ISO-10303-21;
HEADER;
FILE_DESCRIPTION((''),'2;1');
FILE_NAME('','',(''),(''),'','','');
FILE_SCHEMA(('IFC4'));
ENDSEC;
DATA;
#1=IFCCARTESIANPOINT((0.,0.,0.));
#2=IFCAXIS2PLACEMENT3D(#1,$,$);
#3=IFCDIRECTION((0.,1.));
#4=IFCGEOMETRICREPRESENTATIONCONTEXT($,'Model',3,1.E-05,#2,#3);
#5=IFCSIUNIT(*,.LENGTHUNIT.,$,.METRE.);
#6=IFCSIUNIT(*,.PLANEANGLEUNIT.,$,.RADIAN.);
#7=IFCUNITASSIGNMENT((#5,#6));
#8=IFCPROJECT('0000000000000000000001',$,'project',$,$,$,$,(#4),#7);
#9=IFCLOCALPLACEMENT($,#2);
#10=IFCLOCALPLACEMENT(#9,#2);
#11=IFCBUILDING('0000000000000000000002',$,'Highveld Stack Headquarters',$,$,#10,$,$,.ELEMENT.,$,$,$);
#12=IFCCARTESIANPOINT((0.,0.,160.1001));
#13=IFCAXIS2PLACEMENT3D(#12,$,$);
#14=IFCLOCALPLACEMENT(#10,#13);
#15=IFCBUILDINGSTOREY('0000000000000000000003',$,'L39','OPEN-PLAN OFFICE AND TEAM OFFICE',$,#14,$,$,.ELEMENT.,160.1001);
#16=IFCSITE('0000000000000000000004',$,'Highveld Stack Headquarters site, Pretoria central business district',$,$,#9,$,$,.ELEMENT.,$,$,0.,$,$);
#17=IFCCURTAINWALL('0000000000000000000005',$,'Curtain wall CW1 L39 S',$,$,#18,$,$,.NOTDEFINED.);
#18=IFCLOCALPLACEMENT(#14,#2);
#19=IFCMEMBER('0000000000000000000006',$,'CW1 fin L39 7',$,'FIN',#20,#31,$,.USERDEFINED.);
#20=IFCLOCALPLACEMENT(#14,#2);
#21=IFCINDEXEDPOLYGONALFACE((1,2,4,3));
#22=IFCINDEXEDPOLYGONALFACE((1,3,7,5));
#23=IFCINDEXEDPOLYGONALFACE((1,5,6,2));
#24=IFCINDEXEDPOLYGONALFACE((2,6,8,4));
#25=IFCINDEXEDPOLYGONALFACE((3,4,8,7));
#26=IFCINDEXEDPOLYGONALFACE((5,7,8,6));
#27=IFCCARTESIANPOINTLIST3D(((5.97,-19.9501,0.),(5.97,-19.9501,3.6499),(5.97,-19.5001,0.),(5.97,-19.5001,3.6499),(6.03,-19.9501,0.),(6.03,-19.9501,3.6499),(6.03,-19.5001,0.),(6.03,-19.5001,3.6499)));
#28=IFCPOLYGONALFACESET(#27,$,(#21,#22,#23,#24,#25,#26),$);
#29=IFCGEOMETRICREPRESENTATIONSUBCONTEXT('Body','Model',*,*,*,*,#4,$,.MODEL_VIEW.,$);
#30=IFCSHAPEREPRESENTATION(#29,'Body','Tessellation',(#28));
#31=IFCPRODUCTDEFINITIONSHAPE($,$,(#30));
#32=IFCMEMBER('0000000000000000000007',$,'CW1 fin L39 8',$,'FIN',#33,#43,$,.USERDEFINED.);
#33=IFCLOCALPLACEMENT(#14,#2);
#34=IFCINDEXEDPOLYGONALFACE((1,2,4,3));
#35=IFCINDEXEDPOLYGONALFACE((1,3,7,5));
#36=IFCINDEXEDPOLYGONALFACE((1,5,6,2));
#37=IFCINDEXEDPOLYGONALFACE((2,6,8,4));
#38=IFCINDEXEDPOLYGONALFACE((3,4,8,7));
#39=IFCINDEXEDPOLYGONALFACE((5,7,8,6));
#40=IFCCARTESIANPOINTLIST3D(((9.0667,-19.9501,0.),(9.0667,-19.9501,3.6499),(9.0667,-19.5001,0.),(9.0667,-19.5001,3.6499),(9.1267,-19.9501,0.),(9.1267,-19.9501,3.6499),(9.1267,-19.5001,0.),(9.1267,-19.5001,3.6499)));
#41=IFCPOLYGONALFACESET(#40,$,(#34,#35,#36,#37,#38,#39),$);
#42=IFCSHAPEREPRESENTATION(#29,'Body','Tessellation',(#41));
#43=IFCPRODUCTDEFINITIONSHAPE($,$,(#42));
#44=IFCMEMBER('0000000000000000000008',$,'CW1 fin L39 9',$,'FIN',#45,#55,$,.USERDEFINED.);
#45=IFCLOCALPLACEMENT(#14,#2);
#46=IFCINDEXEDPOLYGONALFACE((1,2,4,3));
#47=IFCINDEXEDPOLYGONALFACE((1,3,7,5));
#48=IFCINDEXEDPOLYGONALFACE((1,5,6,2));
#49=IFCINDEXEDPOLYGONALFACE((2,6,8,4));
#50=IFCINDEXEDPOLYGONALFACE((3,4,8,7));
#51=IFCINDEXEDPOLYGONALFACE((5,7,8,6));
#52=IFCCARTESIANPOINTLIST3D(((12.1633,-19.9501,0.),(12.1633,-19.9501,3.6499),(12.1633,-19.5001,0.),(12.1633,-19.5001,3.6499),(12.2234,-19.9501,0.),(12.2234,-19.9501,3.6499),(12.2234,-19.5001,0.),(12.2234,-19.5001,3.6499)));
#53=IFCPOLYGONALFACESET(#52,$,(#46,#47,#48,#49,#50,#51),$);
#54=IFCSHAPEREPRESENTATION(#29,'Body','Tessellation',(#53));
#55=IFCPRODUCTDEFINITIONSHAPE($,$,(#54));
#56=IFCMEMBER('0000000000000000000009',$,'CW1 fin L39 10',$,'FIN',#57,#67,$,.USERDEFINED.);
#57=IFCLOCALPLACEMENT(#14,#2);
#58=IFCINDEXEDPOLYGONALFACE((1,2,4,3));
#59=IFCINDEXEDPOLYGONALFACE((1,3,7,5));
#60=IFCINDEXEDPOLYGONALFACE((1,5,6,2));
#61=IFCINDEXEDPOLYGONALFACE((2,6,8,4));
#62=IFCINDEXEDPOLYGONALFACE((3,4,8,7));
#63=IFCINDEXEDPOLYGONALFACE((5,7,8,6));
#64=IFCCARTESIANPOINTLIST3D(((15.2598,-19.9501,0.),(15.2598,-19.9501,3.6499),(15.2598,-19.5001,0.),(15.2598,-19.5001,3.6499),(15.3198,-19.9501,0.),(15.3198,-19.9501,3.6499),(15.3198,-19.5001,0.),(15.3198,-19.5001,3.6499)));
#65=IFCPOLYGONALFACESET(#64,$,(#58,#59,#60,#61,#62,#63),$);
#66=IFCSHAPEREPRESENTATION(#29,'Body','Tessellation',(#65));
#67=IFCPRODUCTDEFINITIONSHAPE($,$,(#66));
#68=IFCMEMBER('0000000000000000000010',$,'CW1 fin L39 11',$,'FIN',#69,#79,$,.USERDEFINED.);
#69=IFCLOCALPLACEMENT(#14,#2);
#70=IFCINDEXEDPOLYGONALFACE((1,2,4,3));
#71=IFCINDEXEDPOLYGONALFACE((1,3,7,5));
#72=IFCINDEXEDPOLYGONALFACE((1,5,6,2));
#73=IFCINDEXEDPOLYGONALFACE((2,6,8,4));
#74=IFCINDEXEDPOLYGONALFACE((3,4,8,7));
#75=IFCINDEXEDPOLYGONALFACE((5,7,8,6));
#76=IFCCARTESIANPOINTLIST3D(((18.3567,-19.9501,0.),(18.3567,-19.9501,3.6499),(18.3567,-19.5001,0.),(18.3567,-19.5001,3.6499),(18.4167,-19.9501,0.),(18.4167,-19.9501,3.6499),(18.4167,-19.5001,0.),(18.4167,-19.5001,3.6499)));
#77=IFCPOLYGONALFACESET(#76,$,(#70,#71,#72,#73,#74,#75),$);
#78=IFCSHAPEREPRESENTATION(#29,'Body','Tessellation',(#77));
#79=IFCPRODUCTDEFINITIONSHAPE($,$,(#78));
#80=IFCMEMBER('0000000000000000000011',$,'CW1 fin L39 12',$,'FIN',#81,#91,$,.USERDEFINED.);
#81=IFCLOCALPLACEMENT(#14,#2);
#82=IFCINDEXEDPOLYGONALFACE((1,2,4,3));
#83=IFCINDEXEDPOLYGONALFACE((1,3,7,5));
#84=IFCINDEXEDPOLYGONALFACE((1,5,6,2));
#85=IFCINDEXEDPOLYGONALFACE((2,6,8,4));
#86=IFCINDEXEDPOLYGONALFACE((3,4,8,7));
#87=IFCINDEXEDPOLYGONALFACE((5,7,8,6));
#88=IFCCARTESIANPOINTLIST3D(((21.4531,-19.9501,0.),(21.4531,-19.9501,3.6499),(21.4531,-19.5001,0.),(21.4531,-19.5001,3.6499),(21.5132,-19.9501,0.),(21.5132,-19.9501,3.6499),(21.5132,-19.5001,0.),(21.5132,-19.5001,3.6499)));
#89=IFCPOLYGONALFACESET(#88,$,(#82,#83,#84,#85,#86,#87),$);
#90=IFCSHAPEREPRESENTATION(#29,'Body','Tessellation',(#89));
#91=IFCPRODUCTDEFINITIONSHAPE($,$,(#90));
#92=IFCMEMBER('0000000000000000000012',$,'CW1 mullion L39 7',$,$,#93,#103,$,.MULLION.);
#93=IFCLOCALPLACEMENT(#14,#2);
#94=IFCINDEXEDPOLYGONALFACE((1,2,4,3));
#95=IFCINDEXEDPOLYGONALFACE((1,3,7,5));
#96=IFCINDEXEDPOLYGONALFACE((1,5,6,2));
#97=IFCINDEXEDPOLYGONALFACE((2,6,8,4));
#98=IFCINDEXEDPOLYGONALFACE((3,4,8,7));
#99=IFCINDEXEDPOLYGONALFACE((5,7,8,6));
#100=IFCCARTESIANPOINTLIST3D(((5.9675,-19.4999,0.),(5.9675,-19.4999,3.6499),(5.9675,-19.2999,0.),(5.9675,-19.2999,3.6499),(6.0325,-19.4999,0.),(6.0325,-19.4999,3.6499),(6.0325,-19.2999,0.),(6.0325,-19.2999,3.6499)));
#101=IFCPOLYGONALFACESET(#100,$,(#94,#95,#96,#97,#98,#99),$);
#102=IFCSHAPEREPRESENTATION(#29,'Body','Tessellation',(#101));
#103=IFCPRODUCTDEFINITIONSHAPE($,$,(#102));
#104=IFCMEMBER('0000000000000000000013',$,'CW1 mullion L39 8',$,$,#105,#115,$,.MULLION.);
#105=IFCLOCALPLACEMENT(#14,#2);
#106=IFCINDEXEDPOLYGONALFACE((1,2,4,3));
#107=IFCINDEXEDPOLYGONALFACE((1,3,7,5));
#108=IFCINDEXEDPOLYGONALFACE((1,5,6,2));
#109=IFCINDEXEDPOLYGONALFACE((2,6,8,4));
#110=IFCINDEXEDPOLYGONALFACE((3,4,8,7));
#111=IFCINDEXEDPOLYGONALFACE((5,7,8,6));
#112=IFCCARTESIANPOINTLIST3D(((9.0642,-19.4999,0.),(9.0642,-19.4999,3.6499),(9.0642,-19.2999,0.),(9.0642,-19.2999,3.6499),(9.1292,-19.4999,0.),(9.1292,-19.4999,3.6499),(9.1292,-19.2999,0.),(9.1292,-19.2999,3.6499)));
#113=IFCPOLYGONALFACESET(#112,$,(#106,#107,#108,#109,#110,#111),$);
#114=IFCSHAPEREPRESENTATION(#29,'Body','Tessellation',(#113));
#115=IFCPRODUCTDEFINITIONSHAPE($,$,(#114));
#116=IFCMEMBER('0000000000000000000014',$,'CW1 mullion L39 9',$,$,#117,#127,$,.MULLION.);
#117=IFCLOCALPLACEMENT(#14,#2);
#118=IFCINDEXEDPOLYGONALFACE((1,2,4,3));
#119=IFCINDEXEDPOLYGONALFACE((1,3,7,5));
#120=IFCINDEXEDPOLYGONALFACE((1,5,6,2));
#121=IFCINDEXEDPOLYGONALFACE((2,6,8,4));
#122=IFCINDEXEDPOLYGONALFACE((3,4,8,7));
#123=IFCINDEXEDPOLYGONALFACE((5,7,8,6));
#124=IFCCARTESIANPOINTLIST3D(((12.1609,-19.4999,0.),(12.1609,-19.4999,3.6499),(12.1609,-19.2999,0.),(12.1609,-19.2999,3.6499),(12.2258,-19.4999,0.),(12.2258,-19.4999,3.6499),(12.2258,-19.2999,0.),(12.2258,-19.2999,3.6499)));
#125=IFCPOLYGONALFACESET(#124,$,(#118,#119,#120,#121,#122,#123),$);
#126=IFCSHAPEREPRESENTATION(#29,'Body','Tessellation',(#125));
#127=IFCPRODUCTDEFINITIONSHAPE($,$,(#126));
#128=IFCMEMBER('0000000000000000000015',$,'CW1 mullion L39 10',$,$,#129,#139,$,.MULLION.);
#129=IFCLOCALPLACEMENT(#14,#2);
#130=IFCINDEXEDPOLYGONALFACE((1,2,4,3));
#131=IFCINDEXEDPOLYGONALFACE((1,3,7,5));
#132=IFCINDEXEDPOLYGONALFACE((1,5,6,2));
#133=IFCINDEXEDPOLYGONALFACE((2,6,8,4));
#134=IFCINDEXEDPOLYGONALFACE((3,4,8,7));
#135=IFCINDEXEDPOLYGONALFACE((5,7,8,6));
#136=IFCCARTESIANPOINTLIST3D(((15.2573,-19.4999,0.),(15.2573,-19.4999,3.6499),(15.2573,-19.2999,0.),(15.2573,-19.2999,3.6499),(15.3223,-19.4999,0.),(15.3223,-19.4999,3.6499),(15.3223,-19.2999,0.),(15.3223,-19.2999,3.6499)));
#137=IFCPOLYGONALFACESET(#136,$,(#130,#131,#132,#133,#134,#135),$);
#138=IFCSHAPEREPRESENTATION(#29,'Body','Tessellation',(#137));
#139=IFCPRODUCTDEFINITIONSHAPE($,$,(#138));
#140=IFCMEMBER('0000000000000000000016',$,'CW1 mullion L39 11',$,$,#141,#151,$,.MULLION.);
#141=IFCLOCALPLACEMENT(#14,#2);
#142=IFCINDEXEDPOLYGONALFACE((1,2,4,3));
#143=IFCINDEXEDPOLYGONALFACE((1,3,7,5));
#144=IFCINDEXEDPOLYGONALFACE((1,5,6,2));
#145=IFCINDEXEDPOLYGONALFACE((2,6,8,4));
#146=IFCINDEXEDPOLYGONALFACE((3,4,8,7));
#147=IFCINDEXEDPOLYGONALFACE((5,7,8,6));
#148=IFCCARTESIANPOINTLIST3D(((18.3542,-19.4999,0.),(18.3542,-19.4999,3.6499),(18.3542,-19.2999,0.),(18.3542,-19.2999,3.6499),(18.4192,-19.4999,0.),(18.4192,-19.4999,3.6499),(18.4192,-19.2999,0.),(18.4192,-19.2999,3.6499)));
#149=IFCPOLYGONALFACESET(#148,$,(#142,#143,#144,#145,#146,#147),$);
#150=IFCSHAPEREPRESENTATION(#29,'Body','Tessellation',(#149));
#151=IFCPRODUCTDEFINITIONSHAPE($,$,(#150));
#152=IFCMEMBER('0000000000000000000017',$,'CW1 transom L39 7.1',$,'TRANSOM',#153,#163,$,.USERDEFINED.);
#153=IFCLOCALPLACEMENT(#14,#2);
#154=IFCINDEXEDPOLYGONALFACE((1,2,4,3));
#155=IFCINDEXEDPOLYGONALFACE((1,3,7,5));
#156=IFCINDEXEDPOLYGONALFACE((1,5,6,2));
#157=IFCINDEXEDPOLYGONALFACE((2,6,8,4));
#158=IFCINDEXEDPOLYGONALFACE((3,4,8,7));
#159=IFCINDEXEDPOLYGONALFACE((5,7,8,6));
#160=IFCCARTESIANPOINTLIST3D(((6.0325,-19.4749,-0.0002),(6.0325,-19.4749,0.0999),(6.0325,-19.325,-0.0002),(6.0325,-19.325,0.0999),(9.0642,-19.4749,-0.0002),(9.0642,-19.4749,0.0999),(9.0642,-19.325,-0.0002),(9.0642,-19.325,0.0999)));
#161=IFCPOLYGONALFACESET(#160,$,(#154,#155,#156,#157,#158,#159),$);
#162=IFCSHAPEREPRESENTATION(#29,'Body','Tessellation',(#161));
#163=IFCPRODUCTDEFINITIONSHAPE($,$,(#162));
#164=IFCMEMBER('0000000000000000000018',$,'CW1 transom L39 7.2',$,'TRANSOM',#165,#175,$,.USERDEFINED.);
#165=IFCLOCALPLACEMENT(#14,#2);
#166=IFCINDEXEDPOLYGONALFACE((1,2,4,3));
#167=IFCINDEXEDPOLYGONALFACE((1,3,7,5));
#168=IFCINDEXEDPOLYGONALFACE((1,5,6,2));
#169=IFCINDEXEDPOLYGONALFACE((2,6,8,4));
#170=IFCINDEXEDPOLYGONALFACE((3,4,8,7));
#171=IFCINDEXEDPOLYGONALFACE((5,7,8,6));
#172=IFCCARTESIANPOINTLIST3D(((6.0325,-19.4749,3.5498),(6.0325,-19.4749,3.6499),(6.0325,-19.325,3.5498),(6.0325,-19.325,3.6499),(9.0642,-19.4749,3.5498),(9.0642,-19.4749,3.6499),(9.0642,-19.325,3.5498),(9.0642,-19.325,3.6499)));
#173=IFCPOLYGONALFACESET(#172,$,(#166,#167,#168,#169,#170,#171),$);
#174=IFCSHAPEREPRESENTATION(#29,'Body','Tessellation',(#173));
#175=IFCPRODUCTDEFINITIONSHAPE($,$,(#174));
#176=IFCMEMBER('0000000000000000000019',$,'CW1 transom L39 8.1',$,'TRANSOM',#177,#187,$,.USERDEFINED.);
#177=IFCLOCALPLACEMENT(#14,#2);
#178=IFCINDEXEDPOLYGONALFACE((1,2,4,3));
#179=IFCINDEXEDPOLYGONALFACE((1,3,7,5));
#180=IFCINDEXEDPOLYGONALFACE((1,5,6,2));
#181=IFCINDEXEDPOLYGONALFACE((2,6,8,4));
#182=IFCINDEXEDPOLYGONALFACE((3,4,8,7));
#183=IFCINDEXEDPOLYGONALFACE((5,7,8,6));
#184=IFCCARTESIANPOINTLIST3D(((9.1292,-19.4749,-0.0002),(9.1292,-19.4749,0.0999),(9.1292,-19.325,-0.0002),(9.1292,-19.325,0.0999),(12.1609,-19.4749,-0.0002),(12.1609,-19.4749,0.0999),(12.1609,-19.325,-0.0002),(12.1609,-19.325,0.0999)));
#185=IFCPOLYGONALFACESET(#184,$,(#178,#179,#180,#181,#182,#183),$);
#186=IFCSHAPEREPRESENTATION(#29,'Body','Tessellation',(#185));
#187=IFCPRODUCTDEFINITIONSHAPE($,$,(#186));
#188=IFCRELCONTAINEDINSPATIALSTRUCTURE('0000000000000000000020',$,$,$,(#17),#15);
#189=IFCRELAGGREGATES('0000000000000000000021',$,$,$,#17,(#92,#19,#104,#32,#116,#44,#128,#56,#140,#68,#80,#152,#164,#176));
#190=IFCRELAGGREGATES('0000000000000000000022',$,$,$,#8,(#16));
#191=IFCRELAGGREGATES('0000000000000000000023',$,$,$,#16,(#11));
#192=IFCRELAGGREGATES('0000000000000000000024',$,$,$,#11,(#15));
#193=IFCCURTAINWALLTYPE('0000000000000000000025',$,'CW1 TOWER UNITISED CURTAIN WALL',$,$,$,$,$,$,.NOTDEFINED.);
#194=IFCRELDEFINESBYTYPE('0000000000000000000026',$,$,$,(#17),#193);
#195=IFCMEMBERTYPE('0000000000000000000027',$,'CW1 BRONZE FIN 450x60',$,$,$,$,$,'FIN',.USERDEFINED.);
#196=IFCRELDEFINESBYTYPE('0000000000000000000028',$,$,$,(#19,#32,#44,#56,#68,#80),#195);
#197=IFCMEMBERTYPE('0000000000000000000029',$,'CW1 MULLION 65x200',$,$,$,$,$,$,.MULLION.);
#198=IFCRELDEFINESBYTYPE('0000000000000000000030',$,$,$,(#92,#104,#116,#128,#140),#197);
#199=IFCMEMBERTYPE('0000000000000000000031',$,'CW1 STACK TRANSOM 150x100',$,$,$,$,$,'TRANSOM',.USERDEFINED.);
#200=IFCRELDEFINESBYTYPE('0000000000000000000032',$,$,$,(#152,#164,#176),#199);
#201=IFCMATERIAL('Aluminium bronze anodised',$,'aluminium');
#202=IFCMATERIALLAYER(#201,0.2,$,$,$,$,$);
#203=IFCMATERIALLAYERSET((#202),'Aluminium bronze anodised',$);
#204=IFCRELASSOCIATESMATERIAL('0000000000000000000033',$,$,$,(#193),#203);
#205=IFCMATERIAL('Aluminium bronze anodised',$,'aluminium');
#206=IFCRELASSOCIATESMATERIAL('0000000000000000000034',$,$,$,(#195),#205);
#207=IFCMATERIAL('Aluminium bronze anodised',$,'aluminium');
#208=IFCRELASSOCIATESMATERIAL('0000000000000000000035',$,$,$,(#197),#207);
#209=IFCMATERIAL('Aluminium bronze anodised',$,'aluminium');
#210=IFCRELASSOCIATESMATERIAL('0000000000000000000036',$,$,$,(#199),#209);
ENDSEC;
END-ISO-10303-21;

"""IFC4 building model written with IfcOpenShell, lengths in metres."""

from ifc_helpers import new_model, si_unit, direction, frame, origin, origin_2d, place, context, subcontext, project, spatial, rectangle, extrude, material, layer, layer_set, material_profile, profile_set, type_object, element, aggregate, save


model = new_model("IFC4")

# Units and contexts
model_context = context("Model", 3, precision=1e-05, world=origin(), true_north=direction((0.0, 1.0)))
body_context = subcontext(model_context, "Body", "Model", "MODEL_VIEW")
ifc_project = project(units=[si_unit("LENGTHUNIT", "METRE"), si_unit("PLANEANGLEUNIT", "RADIAN")], contexts=[model_context])

# Site, building, storey
site_placement = place(None, origin())
site = spatial("IfcSite", under=ifc_project, at=site_placement, Name="Highveld Stack Headquarters site, Pretoria central business district", CompositionType="ELEMENT", RefElevation=0.0)
building_placement = place(site_placement, origin())
building = spatial("IfcBuilding", under=site, at=building_placement, Name="Highveld Stack Headquarters", CompositionType="ELEMENT")
storey_placement = place(building_placement, frame((0.0, 0.0, 160.1001)))
storey = spatial("IfcBuildingStorey", under=building, at=storey_placement, Name="L39", Description="OPEN-PLAN OFFICE AND TEAM OFFICE", CompositionType="ELEMENT", Elevation=160.1001)

# Curtain wall, members
ifc_material_1 = material(Name="Aluminium bronze anodised", Category="aluminium")
ifc_layer_1 = layer(ifc_material_1, 0.2)
ifc_layer_set_1 = layer_set([ifc_layer_1], Name="Aluminium bronze anodised")
curtain_wall_type = type_object("IfcCurtainWallType", Name="CW1 TOWER UNITISED CURTAIN WALL", PredefinedType="NOTDEFINED", material=ifc_layer_set_1)
curtain_wall_placement = place(storey_placement, origin())
curtain_wall = element("IfcCurtainWall", 1, at=curtain_wall_placement, inside=storey, type_object=curtain_wall_type, Name="Curtain wall CW1 L39 S", PredefinedType="NOTDEFINED")
ifc_material_2 = material(Name="Aluminium bronze anodised", Category="aluminium")
ifc_material_profile_1 = material_profile(ifc_material_2, rectangle(XDim=0.45, YDim=0.0601, at=origin_2d()), Name="FIN 450x60")
ifc_profile_set_1 = profile_set([ifc_material_profile_1], Name="Aluminium bronze anodised")
member_type_1 = type_object("IfcMemberType", Name="CW1 BRONZE FIN 450x60", ElementType="FIN", PredefinedType="USERDEFINED", material=ifc_profile_set_1)
member_1_placement = place(storey_placement, frame((6.0, -19.7251, 0.0), z_axis=(0.0, 0.0, 1.0), x_axis=(0.0, 1.0, 0.0)))
member_1 = element("IfcMember", 2, at=member_1_placement, type_object=member_type_1, Name="CW1 fin L39 7", ObjectType="FIN", PredefinedType="USERDEFINED", context=body_context, shape_type="SweptSolid", body=[
    extrude(rectangle(XDim=0.45, YDim=0.0601, at=origin_2d()), origin(), (0.0, 0.0, 1.0), 3.6499),
])
member_2_placement = place(storey_placement, frame((9.0967, -19.7251, 0.0), z_axis=(0.0, 0.0, 1.0), x_axis=(0.0, 1.0, 0.0)))
member_2 = element("IfcMember", 3, at=member_2_placement, type_object=member_type_1, Name="CW1 fin L39 8", ObjectType="FIN", PredefinedType="USERDEFINED", context=body_context, shape_type="SweptSolid", body=[
    extrude(rectangle(XDim=0.45, YDim=0.0601, at=origin_2d()), origin(), (0.0, 0.0, 1.0), 3.6499),
])
member_3_placement = place(storey_placement, frame((12.1934, -19.7251, 0.0), z_axis=(0.0, 0.0, 1.0), x_axis=(0.0, 1.0, 0.0)))
member_3 = element("IfcMember", 4, at=member_3_placement, type_object=member_type_1, Name="CW1 fin L39 9", ObjectType="FIN", PredefinedType="USERDEFINED", context=body_context, shape_type="SweptSolid", body=[
    extrude(rectangle(XDim=0.45, YDim=0.0601, at=origin_2d()), origin(), (0.0, 0.0, 1.0), 3.6499),
])
member_4_placement = place(storey_placement, frame((15.2898, -19.7251, 0.0), z_axis=(0.0, 0.0, 1.0), x_axis=(0.0, 1.0, 0.0)))
member_4 = element("IfcMember", 5, at=member_4_placement, type_object=member_type_1, Name="CW1 fin L39 10", ObjectType="FIN", PredefinedType="USERDEFINED", context=body_context, shape_type="SweptSolid", body=[
    extrude(rectangle(XDim=0.45, YDim=0.0601, at=origin_2d()), origin(), (0.0, 0.0, 1.0), 3.6499),
])
member_5_placement = place(storey_placement, frame((18.3867, -19.7251, 0.0), z_axis=(0.0, 0.0, 1.0), x_axis=(0.0, 1.0, 0.0)))
member_5 = element("IfcMember", 6, at=member_5_placement, type_object=member_type_1, Name="CW1 fin L39 11", ObjectType="FIN", PredefinedType="USERDEFINED", context=body_context, shape_type="SweptSolid", body=[
    extrude(rectangle(XDim=0.45, YDim=0.0601, at=origin_2d()), origin(), (0.0, 0.0, 1.0), 3.6499),
])
member_6_placement = place(storey_placement, frame((21.4832, -19.7251, 0.0), z_axis=(0.0, 0.0, 1.0), x_axis=(0.0, 1.0, 0.0)))
member_6 = element("IfcMember", 7, at=member_6_placement, type_object=member_type_1, Name="CW1 fin L39 12", ObjectType="FIN", PredefinedType="USERDEFINED", context=body_context, shape_type="SweptSolid", body=[
    extrude(rectangle(XDim=0.45, YDim=0.0601, at=origin_2d()), origin(), (0.0, 0.0, 1.0), 3.6499),
])
ifc_material_3 = material(Name="Aluminium bronze anodised", Category="aluminium")
ifc_material_profile_2 = material_profile(ifc_material_3, rectangle(XDim=0.2, YDim=0.0649, at=origin_2d()), Name="CW1 MULLION 65x200")
ifc_profile_set_2 = profile_set([ifc_material_profile_2], Name="Aluminium bronze anodised")
member_type_2 = type_object("IfcMemberType", Name="CW1 MULLION 65x200", PredefinedType="MULLION", material=ifc_profile_set_2)
member_7_placement = place(storey_placement, frame((6.0, -19.3999, 0.0), z_axis=(0.0, 0.0, 1.0), x_axis=(0.0, 1.0, 0.0)))
member_7 = element("IfcMember", 8, at=member_7_placement, type_object=member_type_2, Name="CW1 mullion L39 7", PredefinedType="MULLION", context=body_context, shape_type="SweptSolid", body=[
    extrude(rectangle(XDim=0.2, YDim=0.0649, at=origin_2d()), origin(), (0.0, 0.0, 1.0), 3.6499),
])
member_8_placement = place(storey_placement, frame((9.0967, -19.3999, 0.0), z_axis=(0.0, 0.0, 1.0), x_axis=(0.0, 1.0, 0.0)))
member_8 = element("IfcMember", 9, at=member_8_placement, type_object=member_type_2, Name="CW1 mullion L39 8", PredefinedType="MULLION", context=body_context, shape_type="SweptSolid", body=[
    extrude(rectangle(XDim=0.2, YDim=0.0649, at=origin_2d()), origin(), (0.0, 0.0, 1.0), 3.6499),
])
member_9_placement = place(storey_placement, frame((12.1934, -19.3999, 0.0), z_axis=(0.0, 0.0, 1.0), x_axis=(0.0, 1.0, 0.0)))
member_9 = element("IfcMember", 10, at=member_9_placement, type_object=member_type_2, Name="CW1 mullion L39 9", PredefinedType="MULLION", context=body_context, shape_type="SweptSolid", body=[
    extrude(rectangle(XDim=0.2, YDim=0.0649, at=origin_2d()), origin(), (0.0, 0.0, 1.0), 3.6499),
])
member_10_placement = place(storey_placement, frame((15.2898, -19.3999, 0.0), z_axis=(0.0, 0.0, 1.0), x_axis=(0.0, 1.0, 0.0)))
member_10 = element("IfcMember", 11, at=member_10_placement, type_object=member_type_2, Name="CW1 mullion L39 10", PredefinedType="MULLION", context=body_context, shape_type="SweptSolid", body=[
    extrude(rectangle(XDim=0.2, YDim=0.0649, at=origin_2d()), origin(), (0.0, 0.0, 1.0), 3.6499),
])
member_11_placement = place(storey_placement, frame((18.3867, -19.3999, 0.0), z_axis=(0.0, 0.0, 1.0), x_axis=(0.0, 1.0, 0.0)))
member_11 = element("IfcMember", 12, at=member_11_placement, type_object=member_type_2, Name="CW1 mullion L39 11", PredefinedType="MULLION", context=body_context, shape_type="SweptSolid", body=[
    extrude(rectangle(XDim=0.2, YDim=0.0649, at=origin_2d()), origin(), (0.0, 0.0, 1.0), 3.6499),
])
ifc_material_4 = material(Name="Aluminium bronze anodised", Category="aluminium")
ifc_material_profile_3 = material_profile(ifc_material_4, rectangle(XDim=0.1499, YDim=0.1001, at=origin_2d()), Name="CW1 TRANSOM 150x100")
ifc_profile_set_3 = profile_set([ifc_material_profile_3], Name="Aluminium bronze anodised")
member_type_3 = type_object("IfcMemberType", Name="CW1 STACK TRANSOM 150x100", ElementType="TRANSOM", PredefinedType="USERDEFINED", material=ifc_profile_set_3)
member_12_placement = place(storey_placement, frame((6.0325, -19.3999, 0.0498), z_axis=(1.0, 0.0, 0.0), x_axis=(0.0, 1.0, 0.0)))
member_12 = element("IfcMember", 13, at=member_12_placement, type_object=member_type_3, Name="CW1 transom L39 7.1", ObjectType="TRANSOM", PredefinedType="USERDEFINED", context=body_context, shape_type="SweptSolid", body=[
    extrude(rectangle(XDim=0.1499, YDim=0.1001, at=origin_2d()), origin(), (0.0, 0.0, 1.0), 3.0317),
])
member_13_placement = place(storey_placement, frame((6.0325, -19.3999, 3.5999), z_axis=(1.0, 0.0, 0.0), x_axis=(0.0, 1.0, 0.0)))
member_13 = element("IfcMember", 14, at=member_13_placement, type_object=member_type_3, Name="CW1 transom L39 7.2", ObjectType="TRANSOM", PredefinedType="USERDEFINED", context=body_context, shape_type="SweptSolid", body=[
    extrude(rectangle(XDim=0.1499, YDim=0.1001, at=origin_2d()), origin(), (0.0, 0.0, 1.0), 3.0317),
])
member_14_placement = place(storey_placement, frame((9.1292, -19.3999, 0.0498), z_axis=(1.0, 0.0, 0.0), x_axis=(0.0, 1.0, 0.0)))
member_14 = element("IfcMember", 15, at=member_14_placement, type_object=member_type_3, Name="CW1 transom L39 8.1", ObjectType="TRANSOM", PredefinedType="USERDEFINED", context=body_context, shape_type="SweptSolid", body=[
    extrude(rectangle(XDim=0.1499, YDim=0.1001, at=origin_2d()), origin(), (0.0, 0.0, 1.0), 3.0317),
])
aggregate(curtain_wall, [member_7, member_1, member_8, member_2, member_9, member_3, member_10, member_4, member_11, member_5, member_6, member_12, member_13, member_14])

save(model, "model.ifc")
